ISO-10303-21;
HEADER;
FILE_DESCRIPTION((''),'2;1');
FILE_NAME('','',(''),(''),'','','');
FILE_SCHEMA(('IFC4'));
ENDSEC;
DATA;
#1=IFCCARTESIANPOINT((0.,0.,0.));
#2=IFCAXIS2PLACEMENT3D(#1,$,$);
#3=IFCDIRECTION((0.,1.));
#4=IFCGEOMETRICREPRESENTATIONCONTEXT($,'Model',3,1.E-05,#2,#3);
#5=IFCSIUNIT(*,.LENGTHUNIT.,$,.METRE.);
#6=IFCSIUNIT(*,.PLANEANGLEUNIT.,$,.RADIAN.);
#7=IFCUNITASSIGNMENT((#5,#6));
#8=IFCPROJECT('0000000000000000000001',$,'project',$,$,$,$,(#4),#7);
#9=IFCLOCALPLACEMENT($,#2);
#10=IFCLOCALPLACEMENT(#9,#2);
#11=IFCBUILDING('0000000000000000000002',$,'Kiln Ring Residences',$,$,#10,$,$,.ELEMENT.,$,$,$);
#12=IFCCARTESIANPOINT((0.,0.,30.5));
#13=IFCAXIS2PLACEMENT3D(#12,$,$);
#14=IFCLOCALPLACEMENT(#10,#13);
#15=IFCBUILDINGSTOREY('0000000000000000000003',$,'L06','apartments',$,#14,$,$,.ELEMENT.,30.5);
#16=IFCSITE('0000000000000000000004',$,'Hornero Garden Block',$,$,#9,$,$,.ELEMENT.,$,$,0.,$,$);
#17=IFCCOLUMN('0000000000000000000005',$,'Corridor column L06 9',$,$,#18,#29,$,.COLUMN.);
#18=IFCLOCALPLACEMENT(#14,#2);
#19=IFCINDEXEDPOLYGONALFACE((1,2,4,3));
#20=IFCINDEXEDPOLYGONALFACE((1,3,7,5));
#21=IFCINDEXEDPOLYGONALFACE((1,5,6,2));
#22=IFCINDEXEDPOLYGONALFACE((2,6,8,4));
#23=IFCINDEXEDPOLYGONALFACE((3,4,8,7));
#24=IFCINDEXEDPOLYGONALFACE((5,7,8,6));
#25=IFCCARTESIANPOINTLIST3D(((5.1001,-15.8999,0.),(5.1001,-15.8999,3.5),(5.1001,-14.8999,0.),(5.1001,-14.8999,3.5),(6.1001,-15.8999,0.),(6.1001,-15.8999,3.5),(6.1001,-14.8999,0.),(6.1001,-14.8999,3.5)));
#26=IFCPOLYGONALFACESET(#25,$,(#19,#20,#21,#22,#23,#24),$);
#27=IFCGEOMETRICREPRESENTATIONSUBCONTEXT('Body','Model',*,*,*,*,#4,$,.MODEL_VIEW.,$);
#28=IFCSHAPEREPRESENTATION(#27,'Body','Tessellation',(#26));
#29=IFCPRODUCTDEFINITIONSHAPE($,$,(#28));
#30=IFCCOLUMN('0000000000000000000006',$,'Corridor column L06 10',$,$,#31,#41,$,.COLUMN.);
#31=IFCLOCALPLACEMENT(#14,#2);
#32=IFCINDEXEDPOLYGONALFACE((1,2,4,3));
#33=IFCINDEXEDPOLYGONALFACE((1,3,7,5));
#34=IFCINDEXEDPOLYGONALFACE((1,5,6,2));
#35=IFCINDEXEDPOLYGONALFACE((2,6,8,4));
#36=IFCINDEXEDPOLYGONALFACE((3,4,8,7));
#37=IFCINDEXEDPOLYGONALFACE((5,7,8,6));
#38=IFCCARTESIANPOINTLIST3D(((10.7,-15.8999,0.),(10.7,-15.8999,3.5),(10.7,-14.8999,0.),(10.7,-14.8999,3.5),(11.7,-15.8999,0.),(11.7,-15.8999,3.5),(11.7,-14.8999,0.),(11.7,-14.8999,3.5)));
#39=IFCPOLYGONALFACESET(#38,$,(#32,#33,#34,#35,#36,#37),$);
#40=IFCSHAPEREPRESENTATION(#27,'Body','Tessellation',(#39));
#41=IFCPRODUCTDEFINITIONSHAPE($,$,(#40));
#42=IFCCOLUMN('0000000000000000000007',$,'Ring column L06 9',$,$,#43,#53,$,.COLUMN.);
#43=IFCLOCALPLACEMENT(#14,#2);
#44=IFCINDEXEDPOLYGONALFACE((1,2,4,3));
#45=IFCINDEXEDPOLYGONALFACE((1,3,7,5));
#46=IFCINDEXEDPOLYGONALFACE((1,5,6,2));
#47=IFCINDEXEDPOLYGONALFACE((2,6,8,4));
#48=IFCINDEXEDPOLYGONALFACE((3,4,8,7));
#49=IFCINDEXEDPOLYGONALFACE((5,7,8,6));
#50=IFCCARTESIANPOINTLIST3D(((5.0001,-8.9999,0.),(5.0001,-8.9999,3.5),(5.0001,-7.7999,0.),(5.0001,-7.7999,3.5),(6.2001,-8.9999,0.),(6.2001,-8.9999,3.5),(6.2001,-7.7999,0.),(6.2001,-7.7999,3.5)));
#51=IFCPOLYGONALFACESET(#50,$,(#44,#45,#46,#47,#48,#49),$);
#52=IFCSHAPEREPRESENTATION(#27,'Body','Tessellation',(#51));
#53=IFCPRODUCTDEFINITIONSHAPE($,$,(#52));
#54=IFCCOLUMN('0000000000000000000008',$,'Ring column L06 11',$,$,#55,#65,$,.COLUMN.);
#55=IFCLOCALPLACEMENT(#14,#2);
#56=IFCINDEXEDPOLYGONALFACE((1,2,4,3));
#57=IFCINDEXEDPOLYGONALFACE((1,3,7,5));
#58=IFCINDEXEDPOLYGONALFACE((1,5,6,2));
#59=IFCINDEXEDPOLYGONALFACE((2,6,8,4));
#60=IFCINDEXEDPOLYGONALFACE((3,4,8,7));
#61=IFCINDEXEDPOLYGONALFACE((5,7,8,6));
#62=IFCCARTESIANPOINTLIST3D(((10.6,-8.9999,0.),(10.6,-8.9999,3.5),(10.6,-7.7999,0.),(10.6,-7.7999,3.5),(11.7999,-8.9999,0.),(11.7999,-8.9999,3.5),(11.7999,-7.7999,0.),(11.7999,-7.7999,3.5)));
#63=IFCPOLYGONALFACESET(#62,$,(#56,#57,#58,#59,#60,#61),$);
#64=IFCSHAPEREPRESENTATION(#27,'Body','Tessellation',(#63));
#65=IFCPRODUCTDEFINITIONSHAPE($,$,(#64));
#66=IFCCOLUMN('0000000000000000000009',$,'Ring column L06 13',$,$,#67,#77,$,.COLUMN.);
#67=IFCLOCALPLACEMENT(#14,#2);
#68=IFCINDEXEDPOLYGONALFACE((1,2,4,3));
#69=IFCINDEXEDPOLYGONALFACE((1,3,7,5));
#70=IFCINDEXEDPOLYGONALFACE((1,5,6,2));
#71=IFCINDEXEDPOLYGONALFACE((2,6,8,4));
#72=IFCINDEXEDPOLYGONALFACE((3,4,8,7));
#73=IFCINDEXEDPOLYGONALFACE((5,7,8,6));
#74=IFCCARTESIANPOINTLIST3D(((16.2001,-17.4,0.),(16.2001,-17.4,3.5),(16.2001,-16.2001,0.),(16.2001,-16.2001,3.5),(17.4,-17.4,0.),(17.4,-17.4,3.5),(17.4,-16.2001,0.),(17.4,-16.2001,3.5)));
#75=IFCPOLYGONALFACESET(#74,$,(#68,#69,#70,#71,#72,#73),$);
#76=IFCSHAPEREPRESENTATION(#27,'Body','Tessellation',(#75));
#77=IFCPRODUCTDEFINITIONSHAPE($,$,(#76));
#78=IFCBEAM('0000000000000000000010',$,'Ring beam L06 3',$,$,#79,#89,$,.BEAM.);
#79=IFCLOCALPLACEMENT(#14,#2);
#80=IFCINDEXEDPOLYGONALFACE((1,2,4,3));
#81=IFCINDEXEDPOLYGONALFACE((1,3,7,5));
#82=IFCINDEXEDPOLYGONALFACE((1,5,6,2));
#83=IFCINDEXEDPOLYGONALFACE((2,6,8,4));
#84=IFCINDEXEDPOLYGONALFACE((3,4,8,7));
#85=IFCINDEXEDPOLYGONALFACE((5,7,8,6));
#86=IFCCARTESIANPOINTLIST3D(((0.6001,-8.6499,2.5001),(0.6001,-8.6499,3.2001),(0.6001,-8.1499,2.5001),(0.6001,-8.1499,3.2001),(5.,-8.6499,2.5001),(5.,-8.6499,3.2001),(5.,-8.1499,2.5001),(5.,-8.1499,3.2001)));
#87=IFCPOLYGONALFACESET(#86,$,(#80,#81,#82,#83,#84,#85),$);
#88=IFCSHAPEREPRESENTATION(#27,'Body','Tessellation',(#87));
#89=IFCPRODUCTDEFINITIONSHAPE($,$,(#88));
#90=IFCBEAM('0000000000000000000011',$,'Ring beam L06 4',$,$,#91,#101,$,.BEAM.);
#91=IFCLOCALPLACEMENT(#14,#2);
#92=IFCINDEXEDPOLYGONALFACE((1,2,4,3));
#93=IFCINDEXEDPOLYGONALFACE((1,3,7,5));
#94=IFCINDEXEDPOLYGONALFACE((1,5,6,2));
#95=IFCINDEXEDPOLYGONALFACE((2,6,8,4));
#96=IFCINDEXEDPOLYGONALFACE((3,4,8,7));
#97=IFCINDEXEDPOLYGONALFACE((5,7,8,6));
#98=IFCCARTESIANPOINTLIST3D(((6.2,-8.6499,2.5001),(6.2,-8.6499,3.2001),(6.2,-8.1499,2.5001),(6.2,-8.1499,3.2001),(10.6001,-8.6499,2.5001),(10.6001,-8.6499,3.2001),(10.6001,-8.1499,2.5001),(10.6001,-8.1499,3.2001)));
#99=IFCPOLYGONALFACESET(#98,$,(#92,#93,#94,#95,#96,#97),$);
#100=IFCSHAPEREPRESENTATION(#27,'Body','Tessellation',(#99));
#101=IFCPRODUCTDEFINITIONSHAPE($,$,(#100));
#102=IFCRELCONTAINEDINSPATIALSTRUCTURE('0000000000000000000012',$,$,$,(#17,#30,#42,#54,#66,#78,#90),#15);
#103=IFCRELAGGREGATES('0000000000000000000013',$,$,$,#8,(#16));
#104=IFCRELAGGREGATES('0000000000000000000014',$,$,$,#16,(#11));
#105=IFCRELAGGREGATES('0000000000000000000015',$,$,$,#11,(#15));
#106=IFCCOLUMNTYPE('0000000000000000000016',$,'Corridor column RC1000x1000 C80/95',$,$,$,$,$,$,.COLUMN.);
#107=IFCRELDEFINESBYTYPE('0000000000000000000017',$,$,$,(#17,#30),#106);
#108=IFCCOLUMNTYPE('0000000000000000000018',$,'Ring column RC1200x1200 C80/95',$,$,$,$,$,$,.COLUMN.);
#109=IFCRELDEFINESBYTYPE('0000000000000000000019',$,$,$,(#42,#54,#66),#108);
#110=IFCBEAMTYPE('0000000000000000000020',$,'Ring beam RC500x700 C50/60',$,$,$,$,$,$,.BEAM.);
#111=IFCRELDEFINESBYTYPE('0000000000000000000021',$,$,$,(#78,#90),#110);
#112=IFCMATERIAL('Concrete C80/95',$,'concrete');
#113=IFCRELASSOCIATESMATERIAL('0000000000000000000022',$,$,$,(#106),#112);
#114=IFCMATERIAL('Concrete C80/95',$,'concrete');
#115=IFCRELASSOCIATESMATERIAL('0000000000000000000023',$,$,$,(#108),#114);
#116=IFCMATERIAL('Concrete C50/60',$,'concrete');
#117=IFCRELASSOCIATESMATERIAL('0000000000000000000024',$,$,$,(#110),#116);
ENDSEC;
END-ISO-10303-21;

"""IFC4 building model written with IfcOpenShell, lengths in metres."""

from ifc_helpers import new_model, si_unit, direction, frame, origin, origin_2d, place, context, subcontext, project, spatial, rectangle, extrude, material, material_profile, profile_set, type_object, element, save


model = new_model("IFC4")

# Units and contexts
model_context = context("Model", 3, precision=1e-05, world=origin(), true_north=direction((0.0, 1.0)))
body_context = subcontext(model_context, "Body", "Model", "MODEL_VIEW")
ifc_project = project(units=[si_unit("LENGTHUNIT", "METRE"), si_unit("PLANEANGLEUNIT", "RADIAN")], contexts=[model_context])

# Site, building, storey
site_placement = place(None, origin())
site = spatial("IfcSite", under=ifc_project, at=site_placement, Name="Hornero Garden Block", CompositionType="ELEMENT", RefElevation=0.0)
building_placement = place(site_placement, origin())
building = spatial("IfcBuilding", under=site, at=building_placement, Name="Kiln Ring Residences", CompositionType="ELEMENT")
storey_placement = place(building_placement, frame((0.0, 0.0, 30.5)))
storey = spatial("IfcBuildingStorey", under=building, at=storey_placement, Name="L06", Description="apartments", CompositionType="ELEMENT", Elevation=30.5)

# Columns
ifc_material_1 = material(Name="Concrete C80/95", Category="concrete")
ifc_material_profile_1 = material_profile(ifc_material_1, rectangle(XDim=1.0, YDim=1.0, at=origin_2d()), Name="RC1000x1000")
ifc_profile_set_1 = profile_set([ifc_material_profile_1], Name="Concrete C80/95")
column_type_1 = type_object("IfcColumnType", Name="Corridor column RC1000x1000 C80/95", PredefinedType="COLUMN", material=ifc_profile_set_1)
for number, where, z_axis, x_axis, name in (
    (1, (5.6001, -15.3999, 0.0), (0.0, 0.0, 1.0), (1.0, 0.0, 0.0), "Corridor column L06 9"),
    (2, (11.2, -15.3999, 0.0), (0.0, 0.0, 1.0), (1.0, 0.0, 0.0), "Corridor column L06 10"),
):
    element("IfcColumn", number, at=place(storey_placement, frame(where, z_axis=z_axis, x_axis=x_axis)), inside=storey, type_object=column_type_1, Name=name, PredefinedType="COLUMN", context=body_context, shape_type="SweptSolid", body=[
        extrude(rectangle(XDim=1.0, YDim=1.0, at=origin_2d()), origin(), (0.0, 0.0, 1.0), 3.5),
    ])
ifc_material_2 = material(Name="Concrete C80/95", Category="concrete")
ifc_material_profile_2 = material_profile(ifc_material_2, rectangle(XDim=1.2, YDim=1.2, at=origin_2d()), Name="RC1200x1200")
ifc_profile_set_2 = profile_set([ifc_material_profile_2], Name="Concrete C80/95")
column_type_2 = type_object("IfcColumnType", Name="Ring column RC1200x1200 C80/95", PredefinedType="COLUMN", material=ifc_profile_set_2)
for number, where, z_axis, x_axis, name in (
    (3, (5.6001, -8.3999, 0.0), (0.0, 0.0, 1.0), (1.0, 0.0, 0.0), "Ring column L06 9"),
    (4, (11.2, -8.3999, 0.0), (0.0, 0.0, 1.0), (1.0, 0.0, 0.0), "Ring column L06 11"),
    (5, (16.8, -16.8, 0.0), (0.0, 0.0, 1.0), (1.0, 0.0, 0.0), "Ring column L06 13"),
):
    element("IfcColumn", number, at=place(storey_placement, frame(where, z_axis=z_axis, x_axis=x_axis)), inside=storey, type_object=column_type_2, Name=name, PredefinedType="COLUMN", context=body_context, shape_type="SweptSolid", body=[
        extrude(rectangle(XDim=1.2, YDim=1.2, at=origin_2d()), origin(), (0.0, 0.0, 1.0), 3.5),
    ])

# Beams
ifc_material_3 = material(Name="Concrete C50/60", Category="concrete")
ifc_material_profile_3 = material_profile(ifc_material_3, rectangle(XDim=0.5, YDim=0.7, at=origin_2d()), Name="RC500x700")
ifc_profile_set_3 = profile_set([ifc_material_profile_3], Name="Concrete C50/60")
beam_type = type_object("IfcBeamType", Name="Ring beam RC500x700 C50/60", PredefinedType="BEAM", material=ifc_profile_set_3)
beam_1_placement = place(storey_placement, frame((0.6001, -8.3999, 2.8501), z_axis=(1.0, 0.0, 0.0), x_axis=(0.0, 1.0, 0.0)))
element("IfcBeam", 6, at=beam_1_placement, inside=storey, type_object=beam_type, Name="Ring beam L06 3", PredefinedType="BEAM", context=body_context, shape_type="SweptSolid", body=[
    extrude(rectangle(XDim=0.5, YDim=0.7, at=origin_2d()), origin(), (0.0, 0.0, 1.0), 4.3999),
])
beam_2_placement = place(storey_placement, frame((6.2, -8.3999, 2.8501), z_axis=(1.0, 0.0, 0.0), x_axis=(0.0, 1.0, 0.0)))
element("IfcBeam", 7, at=beam_2_placement, inside=storey, type_object=beam_type, Name="Ring beam L06 4", PredefinedType="BEAM", context=body_context, shape_type="SweptSolid", body=[
    extrude(rectangle(XDim=0.5, YDim=0.7, at=origin_2d()), origin(), (0.0, 0.0, 1.0), 4.4001),
])

save(model, "model.ifc")
